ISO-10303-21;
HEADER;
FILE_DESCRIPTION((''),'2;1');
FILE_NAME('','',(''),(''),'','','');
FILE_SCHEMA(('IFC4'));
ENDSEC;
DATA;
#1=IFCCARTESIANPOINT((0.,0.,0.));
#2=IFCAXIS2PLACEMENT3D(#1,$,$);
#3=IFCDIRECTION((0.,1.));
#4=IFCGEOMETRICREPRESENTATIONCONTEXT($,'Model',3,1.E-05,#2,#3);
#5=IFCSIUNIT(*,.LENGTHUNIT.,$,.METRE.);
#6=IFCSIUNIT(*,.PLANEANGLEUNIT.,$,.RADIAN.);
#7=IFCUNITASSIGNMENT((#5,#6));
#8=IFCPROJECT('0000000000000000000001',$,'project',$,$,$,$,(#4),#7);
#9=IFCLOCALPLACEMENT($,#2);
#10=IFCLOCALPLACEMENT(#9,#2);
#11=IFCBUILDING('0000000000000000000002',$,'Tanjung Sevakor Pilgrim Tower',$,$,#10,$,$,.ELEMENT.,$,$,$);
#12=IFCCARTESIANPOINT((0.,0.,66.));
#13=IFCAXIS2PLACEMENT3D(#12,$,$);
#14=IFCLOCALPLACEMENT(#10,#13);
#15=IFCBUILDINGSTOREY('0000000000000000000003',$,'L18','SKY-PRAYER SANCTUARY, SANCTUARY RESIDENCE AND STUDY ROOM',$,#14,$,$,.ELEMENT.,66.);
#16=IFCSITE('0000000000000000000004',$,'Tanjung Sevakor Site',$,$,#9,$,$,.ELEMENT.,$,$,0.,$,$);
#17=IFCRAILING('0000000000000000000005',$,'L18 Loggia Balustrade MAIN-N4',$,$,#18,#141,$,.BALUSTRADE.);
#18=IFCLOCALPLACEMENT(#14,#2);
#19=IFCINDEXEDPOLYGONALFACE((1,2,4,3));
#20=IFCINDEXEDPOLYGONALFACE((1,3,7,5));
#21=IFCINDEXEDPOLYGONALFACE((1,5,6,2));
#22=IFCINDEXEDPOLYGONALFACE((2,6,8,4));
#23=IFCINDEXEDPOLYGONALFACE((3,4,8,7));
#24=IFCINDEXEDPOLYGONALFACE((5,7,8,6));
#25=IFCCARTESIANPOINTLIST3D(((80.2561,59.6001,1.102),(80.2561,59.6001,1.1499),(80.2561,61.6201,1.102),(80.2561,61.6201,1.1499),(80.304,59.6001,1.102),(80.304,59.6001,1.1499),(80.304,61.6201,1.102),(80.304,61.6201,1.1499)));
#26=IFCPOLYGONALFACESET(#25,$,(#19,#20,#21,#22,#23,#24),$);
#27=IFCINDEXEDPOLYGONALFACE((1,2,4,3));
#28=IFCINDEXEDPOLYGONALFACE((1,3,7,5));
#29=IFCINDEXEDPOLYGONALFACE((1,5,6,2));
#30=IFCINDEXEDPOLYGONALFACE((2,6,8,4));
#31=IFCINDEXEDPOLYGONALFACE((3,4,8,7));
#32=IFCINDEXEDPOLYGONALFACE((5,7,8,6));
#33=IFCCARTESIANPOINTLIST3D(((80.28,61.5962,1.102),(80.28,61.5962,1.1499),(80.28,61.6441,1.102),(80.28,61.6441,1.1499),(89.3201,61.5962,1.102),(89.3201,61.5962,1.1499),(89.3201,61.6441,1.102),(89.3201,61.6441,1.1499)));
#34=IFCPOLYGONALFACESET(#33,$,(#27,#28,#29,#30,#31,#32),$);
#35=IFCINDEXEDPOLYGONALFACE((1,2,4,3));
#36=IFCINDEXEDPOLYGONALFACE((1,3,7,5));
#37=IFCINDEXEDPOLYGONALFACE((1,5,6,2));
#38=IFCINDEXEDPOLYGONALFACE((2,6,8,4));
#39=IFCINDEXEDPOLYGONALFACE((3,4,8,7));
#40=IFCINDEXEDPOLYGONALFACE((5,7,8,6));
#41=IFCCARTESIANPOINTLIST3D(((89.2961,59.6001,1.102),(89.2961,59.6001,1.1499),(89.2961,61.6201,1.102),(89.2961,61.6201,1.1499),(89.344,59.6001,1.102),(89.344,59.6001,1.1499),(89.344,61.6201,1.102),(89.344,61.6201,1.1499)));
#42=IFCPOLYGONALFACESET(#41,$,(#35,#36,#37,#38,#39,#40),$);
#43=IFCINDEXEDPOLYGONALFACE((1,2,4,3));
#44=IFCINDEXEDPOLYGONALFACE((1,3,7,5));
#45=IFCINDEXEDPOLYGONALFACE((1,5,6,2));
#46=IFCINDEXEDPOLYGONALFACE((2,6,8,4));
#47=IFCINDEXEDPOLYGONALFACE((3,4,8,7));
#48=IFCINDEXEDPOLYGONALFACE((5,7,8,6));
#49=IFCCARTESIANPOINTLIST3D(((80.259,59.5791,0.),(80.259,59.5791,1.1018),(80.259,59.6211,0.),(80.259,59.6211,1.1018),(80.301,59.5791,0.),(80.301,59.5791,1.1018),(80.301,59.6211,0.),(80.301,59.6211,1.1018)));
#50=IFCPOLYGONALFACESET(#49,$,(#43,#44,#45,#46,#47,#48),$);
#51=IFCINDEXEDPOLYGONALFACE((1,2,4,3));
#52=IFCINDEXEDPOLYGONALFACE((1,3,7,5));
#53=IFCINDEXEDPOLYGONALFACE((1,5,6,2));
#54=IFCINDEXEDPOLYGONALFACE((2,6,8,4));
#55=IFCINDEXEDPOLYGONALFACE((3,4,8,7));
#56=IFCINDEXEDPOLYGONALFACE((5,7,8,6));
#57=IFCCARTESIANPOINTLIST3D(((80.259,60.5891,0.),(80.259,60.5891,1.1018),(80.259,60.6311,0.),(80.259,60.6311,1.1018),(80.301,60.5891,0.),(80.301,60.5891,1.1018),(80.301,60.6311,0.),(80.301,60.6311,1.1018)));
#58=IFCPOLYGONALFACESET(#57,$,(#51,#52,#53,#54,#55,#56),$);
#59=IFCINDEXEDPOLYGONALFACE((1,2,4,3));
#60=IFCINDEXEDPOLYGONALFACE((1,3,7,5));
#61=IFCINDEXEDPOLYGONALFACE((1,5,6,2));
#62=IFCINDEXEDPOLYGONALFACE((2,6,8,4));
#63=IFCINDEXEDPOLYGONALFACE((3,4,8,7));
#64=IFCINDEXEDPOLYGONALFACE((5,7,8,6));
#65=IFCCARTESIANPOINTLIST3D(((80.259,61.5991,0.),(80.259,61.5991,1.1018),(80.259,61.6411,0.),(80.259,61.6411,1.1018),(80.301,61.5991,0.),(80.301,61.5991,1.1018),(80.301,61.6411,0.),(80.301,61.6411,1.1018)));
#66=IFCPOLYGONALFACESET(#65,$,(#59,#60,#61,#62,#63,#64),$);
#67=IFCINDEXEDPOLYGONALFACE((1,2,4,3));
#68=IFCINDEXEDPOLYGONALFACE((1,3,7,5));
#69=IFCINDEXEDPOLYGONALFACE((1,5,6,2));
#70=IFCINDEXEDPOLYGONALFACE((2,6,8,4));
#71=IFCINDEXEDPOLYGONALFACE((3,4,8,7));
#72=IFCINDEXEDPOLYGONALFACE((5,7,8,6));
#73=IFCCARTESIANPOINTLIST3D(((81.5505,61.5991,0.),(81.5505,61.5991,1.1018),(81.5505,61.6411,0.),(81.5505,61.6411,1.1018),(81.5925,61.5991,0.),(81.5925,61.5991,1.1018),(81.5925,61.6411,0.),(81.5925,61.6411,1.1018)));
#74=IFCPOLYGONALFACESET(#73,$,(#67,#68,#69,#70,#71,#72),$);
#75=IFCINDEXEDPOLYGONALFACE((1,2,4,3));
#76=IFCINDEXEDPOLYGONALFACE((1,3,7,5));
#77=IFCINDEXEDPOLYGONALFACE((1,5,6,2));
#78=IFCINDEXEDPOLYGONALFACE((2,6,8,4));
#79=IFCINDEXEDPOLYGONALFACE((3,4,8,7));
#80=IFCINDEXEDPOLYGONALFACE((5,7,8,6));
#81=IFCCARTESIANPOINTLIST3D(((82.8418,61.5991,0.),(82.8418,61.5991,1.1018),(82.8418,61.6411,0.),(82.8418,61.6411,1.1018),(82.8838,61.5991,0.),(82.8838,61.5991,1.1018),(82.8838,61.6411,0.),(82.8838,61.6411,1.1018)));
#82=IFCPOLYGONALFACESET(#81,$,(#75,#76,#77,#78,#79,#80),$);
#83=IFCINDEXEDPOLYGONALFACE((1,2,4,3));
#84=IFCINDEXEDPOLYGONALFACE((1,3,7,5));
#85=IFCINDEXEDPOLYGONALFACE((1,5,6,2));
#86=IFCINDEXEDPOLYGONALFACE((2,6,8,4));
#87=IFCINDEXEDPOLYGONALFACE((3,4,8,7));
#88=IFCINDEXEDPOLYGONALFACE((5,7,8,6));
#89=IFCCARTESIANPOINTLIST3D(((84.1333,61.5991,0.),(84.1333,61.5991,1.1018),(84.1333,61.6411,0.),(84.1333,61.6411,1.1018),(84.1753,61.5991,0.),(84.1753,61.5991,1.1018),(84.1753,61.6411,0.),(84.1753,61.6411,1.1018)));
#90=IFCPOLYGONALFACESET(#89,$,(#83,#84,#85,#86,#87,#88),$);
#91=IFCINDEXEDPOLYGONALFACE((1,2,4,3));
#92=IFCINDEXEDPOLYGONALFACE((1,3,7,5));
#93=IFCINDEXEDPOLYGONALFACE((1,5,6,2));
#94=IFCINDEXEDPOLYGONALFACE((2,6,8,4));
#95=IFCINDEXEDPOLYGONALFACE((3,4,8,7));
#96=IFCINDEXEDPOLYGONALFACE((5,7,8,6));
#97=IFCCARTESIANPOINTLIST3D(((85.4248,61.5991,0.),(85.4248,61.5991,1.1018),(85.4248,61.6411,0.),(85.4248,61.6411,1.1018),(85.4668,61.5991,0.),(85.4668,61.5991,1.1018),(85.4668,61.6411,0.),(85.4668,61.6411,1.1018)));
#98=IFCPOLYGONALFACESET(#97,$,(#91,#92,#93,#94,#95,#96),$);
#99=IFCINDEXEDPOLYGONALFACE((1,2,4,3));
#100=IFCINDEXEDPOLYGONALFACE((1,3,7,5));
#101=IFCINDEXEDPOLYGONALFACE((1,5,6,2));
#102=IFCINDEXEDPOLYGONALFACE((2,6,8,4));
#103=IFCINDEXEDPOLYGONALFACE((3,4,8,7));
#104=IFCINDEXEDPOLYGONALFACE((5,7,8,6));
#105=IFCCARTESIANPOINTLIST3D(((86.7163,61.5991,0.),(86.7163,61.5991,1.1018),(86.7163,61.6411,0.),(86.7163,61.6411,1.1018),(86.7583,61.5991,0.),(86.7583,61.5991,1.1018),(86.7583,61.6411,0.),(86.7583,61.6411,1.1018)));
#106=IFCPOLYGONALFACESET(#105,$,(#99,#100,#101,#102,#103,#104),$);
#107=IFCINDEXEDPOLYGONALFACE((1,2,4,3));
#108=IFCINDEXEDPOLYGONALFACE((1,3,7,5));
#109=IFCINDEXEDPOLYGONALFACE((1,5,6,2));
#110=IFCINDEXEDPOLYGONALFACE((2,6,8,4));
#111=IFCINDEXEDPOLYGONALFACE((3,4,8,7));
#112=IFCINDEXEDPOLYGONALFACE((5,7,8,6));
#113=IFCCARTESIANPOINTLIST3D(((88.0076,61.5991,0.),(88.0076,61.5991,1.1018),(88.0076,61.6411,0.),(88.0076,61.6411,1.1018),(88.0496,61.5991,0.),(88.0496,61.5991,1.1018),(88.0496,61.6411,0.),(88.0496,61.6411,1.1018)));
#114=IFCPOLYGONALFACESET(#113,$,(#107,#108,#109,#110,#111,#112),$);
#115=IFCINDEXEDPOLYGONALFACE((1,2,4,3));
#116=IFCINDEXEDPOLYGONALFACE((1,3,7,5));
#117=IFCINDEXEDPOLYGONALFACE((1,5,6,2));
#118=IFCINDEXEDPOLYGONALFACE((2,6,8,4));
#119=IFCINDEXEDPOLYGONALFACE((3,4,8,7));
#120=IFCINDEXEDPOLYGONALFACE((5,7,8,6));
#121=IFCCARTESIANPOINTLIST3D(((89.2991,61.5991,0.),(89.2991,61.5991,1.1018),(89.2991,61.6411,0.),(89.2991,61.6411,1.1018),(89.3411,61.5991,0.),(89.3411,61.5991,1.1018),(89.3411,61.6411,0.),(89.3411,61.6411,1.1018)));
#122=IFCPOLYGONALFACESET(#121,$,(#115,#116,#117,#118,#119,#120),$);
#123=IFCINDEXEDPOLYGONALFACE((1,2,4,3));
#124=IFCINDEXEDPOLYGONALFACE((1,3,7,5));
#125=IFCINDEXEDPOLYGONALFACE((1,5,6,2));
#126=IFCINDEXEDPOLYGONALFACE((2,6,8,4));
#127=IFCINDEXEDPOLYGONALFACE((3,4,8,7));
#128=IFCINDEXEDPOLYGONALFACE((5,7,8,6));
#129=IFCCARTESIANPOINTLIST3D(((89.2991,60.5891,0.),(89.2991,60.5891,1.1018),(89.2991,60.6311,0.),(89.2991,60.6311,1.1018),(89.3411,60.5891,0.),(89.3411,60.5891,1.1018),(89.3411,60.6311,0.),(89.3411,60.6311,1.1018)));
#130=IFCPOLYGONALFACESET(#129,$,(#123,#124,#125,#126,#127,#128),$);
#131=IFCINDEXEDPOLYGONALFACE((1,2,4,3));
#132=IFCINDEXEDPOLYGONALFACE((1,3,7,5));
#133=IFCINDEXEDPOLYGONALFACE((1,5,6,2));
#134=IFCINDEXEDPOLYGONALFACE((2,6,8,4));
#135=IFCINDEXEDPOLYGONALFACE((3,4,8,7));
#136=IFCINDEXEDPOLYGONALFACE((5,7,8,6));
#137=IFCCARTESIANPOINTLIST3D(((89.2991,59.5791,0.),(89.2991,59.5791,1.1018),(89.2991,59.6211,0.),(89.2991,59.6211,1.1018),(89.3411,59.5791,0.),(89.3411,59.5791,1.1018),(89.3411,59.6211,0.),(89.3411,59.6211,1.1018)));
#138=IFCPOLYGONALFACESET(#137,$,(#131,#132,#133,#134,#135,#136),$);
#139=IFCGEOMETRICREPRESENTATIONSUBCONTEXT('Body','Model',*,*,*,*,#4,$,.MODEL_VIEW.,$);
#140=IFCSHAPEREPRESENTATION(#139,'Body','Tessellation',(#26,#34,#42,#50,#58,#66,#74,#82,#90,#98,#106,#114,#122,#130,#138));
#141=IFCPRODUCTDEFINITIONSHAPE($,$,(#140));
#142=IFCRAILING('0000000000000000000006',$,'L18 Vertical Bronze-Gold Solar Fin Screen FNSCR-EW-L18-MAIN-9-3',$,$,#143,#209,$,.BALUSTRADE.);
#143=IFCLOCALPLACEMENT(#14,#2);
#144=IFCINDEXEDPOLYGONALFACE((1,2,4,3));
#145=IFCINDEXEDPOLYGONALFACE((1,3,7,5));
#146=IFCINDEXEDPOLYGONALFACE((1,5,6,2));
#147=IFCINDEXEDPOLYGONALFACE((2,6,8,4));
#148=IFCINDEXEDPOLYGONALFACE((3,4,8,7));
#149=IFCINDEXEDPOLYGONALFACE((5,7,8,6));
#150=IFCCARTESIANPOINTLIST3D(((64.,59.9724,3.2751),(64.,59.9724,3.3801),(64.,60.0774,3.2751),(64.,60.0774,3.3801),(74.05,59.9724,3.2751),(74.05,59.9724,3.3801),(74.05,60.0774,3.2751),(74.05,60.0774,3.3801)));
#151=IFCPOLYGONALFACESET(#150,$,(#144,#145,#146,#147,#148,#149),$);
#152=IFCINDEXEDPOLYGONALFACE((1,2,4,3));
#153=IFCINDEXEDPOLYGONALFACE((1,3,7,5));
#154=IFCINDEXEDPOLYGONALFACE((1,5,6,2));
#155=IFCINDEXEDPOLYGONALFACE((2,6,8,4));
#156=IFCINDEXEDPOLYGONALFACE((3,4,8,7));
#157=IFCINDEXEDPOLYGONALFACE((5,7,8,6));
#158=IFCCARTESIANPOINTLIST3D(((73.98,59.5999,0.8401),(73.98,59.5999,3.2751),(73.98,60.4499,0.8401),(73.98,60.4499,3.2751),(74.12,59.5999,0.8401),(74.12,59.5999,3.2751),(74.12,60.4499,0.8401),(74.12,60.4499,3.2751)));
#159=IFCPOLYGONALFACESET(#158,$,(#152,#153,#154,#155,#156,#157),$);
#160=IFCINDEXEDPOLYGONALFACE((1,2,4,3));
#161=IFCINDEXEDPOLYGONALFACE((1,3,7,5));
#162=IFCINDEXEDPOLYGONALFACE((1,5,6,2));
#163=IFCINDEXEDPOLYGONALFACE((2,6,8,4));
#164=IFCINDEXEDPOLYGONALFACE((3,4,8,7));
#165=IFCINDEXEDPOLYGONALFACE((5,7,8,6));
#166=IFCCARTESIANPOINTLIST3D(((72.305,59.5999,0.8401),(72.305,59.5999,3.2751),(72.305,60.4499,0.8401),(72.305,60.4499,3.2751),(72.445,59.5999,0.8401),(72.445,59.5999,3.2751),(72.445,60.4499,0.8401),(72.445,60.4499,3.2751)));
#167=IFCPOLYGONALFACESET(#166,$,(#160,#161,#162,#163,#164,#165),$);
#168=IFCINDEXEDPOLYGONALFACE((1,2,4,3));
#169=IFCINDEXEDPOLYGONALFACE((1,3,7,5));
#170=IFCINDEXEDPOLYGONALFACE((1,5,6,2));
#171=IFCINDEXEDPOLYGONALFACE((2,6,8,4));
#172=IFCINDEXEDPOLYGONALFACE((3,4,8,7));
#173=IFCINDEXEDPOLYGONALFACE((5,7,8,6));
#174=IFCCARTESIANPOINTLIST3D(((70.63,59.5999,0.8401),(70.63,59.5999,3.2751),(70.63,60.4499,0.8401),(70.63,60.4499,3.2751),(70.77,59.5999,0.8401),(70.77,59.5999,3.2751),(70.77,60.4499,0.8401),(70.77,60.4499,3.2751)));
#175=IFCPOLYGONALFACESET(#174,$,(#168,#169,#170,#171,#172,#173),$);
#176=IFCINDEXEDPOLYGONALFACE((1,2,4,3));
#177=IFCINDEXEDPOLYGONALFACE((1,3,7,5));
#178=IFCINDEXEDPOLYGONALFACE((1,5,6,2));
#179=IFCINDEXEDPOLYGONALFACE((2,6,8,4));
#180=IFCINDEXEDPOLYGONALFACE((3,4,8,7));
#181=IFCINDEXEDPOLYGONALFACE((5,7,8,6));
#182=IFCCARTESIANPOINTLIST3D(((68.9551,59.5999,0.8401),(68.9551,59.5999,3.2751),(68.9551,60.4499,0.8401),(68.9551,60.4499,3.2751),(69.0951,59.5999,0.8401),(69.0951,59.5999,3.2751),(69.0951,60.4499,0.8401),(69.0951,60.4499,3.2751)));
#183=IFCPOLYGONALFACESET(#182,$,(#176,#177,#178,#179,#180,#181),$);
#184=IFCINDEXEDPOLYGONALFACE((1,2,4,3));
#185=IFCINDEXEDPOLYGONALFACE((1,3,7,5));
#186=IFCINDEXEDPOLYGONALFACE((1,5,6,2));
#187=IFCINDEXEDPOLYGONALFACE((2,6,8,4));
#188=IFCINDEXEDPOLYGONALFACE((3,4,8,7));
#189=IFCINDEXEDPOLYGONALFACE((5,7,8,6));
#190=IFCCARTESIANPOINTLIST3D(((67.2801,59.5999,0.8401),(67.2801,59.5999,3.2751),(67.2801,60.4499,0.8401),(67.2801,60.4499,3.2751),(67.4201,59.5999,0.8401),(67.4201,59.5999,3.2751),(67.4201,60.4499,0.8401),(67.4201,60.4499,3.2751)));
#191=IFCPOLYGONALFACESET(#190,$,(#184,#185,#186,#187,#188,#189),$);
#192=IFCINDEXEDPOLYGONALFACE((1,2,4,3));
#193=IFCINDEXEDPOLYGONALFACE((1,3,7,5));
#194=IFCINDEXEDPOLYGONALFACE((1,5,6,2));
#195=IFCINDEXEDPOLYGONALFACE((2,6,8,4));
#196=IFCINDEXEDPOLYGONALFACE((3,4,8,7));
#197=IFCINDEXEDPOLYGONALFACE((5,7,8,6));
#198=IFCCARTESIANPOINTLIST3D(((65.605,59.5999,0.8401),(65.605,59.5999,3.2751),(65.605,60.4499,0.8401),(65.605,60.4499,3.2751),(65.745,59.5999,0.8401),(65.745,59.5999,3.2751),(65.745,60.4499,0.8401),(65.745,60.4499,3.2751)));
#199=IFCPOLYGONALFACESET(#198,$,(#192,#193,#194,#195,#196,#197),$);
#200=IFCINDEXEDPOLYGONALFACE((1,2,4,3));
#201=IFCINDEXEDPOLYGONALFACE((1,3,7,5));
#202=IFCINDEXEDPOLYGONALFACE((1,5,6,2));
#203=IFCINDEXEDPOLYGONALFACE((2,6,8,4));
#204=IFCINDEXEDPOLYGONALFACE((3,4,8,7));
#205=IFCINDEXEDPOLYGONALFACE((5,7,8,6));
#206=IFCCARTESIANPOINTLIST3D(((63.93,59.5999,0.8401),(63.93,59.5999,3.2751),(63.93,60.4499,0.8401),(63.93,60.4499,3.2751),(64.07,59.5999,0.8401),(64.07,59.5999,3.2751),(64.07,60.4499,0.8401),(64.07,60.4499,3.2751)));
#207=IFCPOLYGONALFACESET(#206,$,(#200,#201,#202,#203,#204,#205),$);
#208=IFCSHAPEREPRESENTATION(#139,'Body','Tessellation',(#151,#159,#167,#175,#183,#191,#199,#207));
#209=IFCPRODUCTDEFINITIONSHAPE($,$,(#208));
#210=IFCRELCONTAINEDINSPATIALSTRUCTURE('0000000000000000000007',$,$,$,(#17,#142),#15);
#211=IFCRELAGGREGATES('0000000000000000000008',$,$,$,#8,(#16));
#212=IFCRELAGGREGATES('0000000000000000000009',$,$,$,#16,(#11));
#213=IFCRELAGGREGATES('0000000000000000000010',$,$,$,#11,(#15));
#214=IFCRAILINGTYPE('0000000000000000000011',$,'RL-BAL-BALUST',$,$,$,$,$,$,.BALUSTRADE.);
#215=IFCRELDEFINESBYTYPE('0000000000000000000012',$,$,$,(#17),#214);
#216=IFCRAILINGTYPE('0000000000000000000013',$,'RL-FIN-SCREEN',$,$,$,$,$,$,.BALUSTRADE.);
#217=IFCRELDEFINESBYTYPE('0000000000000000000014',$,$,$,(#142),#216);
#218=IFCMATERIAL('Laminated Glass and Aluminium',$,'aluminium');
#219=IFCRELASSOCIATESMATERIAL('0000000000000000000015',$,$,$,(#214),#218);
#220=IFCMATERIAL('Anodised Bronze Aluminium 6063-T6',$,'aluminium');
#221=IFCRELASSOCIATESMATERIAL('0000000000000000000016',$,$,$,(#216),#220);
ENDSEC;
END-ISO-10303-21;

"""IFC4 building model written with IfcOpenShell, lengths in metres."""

from ifc_helpers import new_model, si_unit, direction, frame, origin, place, context, subcontext, project, spatial, rectangle, extrude, material, type_object, element, save


model = new_model("IFC4")

# Units and contexts
model_context = context("Model", 3, precision=1e-05, world=origin(), true_north=direction((0.0, 1.0)))
body_context = subcontext(model_context, "Body", "Model", "MODEL_VIEW")
ifc_project = project(units=[si_unit("LENGTHUNIT", "METRE"), si_unit("PLANEANGLEUNIT", "RADIAN")], contexts=[model_context])

# Site, building, storey
site_placement = place(None, origin())
site = spatial("IfcSite", under=ifc_project, at=site_placement, Name="Tanjung Sevakor Site", CompositionType="ELEMENT", RefElevation=0.0)
building_placement = place(site_placement, origin())
building = spatial("IfcBuilding", under=site, at=building_placement, Name="Tanjung Sevakor Pilgrim Tower", CompositionType="ELEMENT")
storey_placement = place(building_placement, frame((0.0, 0.0, 66.0)))
storey = spatial("IfcBuildingStorey", under=building, at=storey_placement, Name="L18", Description="SKY-PRAYER SANCTUARY, SANCTUARY RESIDENCE AND STUDY ROOM", CompositionType="ELEMENT", Elevation=66.0)

# Railings
ifc_material_1 = material(Name="Laminated Glass and Aluminium", Category="aluminium")
railing_type_1 = type_object("IfcRailingType", Name="RL-BAL-BALUST", PredefinedType="BALUSTRADE", material=ifc_material_1)
railing_1_placement = place(storey_placement, frame((80.28, 59.6001, 0.0)))
element("IfcRailing", 1, at=railing_1_placement, inside=storey, type_object=railing_type_1, Name="L18 Loggia Balustrade MAIN-N4", PredefinedType="BALUSTRADE", context=body_context, shape_type="SweptSolid", body=[
    extrude(rectangle(XDim=0.0479, YDim=0.0479), frame((0.0, 0.0, 1.126), z_axis=(0.0, 1.0, 0.0), x_axis=(-1.0, 0.0, 0.0)), (0.0, 0.0, 1.0), 2.02),
    extrude(rectangle(XDim=0.0479, YDim=0.0479), frame((0.0, 2.02, 1.126), z_axis=(1.0, 0.0, 0.0), x_axis=(0.0, 1.0, 0.0)), (0.0, 0.0, 1.0), 9.04),
    extrude(rectangle(XDim=0.0479, YDim=0.0479), frame((9.04, 2.02, 1.126), z_axis=(0.0, -1.0, 0.0), x_axis=(1.0, 0.0, 0.0)), (0.0, 0.0, 1.0), 2.02),
    extrude(rectangle(XDim=0.042, YDim=0.042), origin(), (0.0, 0.0, 1.0), 1.1018),
    extrude(rectangle(XDim=0.042, YDim=0.042), frame((0.0, 1.01, 0.0)), (0.0, 0.0, 1.0), 1.1018),
    extrude(rectangle(XDim=0.042, YDim=0.042), frame((0.0, 2.02, 0.0)), (0.0, 0.0, 1.0), 1.1018),
    extrude(rectangle(XDim=0.042, YDim=0.042), frame((1.2915, 2.02, 0.0)), (0.0, 0.0, 1.0), 1.1018),
    extrude(rectangle(XDim=0.042, YDim=0.042), frame((2.5828, 2.02, 0.0)), (0.0, 0.0, 1.0), 1.1018),
    extrude(rectangle(XDim=0.042, YDim=0.042), frame((3.8743, 2.02, 0.0)), (0.0, 0.0, 1.0), 1.1018),
    extrude(rectangle(XDim=0.042, YDim=0.042), frame((5.1658, 2.02, 0.0)), (0.0, 0.0, 1.0), 1.1018),
    extrude(rectangle(XDim=0.042, YDim=0.042), frame((6.4573, 2.02, 0.0)), (0.0, 0.0, 1.0), 1.1018),
    extrude(rectangle(XDim=0.042, YDim=0.042), frame((7.7485, 2.02, 0.0)), (0.0, 0.0, 1.0), 1.1018),
    extrude(rectangle(XDim=0.042, YDim=0.042), frame((9.04, 2.02, 0.0)), (0.0, 0.0, 1.0), 1.1018),
    extrude(rectangle(XDim=0.042, YDim=0.042), frame((9.04, 1.01, 0.0)), (0.0, 0.0, 1.0), 1.1018),
    extrude(rectangle(XDim=0.042, YDim=0.042), frame((9.04, 0.0, 0.0)), (0.0, 0.0, 1.0), 1.1018),
])
ifc_material_2 = material(Name="Anodised Bronze Aluminium 6063-T6", Category="aluminium")
railing_type_2 = type_object("IfcRailingType", Name="RL-FIN-SCREEN", PredefinedType="BALUSTRADE", material=ifc_material_2)
railing_2_placement = place(storey_placement, frame((74.05, 60.0249, 0.8401)))
element("IfcRailing", 2, at=railing_2_placement, inside=storey, type_object=railing_type_2, Name="L18 Vertical Bronze-Gold Solar Fin Screen FNSCR-EW-L18-MAIN-9-3", PredefinedType="BALUSTRADE", context=body_context, shape_type="SweptSolid", body=[
    extrude(rectangle(XDim=0.105, YDim=0.105), frame((0.0, 0.0, 2.4875), z_axis=(-1.0, 0.0, 0.0), x_axis=(0.0, -1.0, 0.0)), (0.0, 0.0, 1.0), 10.05),
    extrude(rectangle(XDim=0.14, YDim=0.85), origin(), (0.0, 0.0, 1.0), 2.4351),
    extrude(rectangle(XDim=0.14, YDim=0.85), frame((-1.675, 0.0, 0.0)), (0.0, 0.0, 1.0), 2.4351),
    extrude(rectangle(XDim=0.14, YDim=0.85), frame((-3.3501, 0.0, 0.0)), (0.0, 0.0, 1.0), 2.4351),
    extrude(rectangle(XDim=0.14, YDim=0.85), frame((-5.0249, 0.0, 0.0)), (0.0, 0.0, 1.0), 2.4351),
    extrude(rectangle(XDim=0.14, YDim=0.85), frame((-6.7, 0.0, 0.0)), (0.0, 0.0, 1.0), 2.4351),
    extrude(rectangle(XDim=0.14, YDim=0.85), frame((-8.375, 0.0, 0.0)), (0.0, 0.0, 1.0), 2.4351),
    extrude(rectangle(XDim=0.14, YDim=0.85), frame((-10.05, 0.0, 0.0)), (0.0, 0.0, 1.0), 2.4351),
])

save(model, "model.ifc")
